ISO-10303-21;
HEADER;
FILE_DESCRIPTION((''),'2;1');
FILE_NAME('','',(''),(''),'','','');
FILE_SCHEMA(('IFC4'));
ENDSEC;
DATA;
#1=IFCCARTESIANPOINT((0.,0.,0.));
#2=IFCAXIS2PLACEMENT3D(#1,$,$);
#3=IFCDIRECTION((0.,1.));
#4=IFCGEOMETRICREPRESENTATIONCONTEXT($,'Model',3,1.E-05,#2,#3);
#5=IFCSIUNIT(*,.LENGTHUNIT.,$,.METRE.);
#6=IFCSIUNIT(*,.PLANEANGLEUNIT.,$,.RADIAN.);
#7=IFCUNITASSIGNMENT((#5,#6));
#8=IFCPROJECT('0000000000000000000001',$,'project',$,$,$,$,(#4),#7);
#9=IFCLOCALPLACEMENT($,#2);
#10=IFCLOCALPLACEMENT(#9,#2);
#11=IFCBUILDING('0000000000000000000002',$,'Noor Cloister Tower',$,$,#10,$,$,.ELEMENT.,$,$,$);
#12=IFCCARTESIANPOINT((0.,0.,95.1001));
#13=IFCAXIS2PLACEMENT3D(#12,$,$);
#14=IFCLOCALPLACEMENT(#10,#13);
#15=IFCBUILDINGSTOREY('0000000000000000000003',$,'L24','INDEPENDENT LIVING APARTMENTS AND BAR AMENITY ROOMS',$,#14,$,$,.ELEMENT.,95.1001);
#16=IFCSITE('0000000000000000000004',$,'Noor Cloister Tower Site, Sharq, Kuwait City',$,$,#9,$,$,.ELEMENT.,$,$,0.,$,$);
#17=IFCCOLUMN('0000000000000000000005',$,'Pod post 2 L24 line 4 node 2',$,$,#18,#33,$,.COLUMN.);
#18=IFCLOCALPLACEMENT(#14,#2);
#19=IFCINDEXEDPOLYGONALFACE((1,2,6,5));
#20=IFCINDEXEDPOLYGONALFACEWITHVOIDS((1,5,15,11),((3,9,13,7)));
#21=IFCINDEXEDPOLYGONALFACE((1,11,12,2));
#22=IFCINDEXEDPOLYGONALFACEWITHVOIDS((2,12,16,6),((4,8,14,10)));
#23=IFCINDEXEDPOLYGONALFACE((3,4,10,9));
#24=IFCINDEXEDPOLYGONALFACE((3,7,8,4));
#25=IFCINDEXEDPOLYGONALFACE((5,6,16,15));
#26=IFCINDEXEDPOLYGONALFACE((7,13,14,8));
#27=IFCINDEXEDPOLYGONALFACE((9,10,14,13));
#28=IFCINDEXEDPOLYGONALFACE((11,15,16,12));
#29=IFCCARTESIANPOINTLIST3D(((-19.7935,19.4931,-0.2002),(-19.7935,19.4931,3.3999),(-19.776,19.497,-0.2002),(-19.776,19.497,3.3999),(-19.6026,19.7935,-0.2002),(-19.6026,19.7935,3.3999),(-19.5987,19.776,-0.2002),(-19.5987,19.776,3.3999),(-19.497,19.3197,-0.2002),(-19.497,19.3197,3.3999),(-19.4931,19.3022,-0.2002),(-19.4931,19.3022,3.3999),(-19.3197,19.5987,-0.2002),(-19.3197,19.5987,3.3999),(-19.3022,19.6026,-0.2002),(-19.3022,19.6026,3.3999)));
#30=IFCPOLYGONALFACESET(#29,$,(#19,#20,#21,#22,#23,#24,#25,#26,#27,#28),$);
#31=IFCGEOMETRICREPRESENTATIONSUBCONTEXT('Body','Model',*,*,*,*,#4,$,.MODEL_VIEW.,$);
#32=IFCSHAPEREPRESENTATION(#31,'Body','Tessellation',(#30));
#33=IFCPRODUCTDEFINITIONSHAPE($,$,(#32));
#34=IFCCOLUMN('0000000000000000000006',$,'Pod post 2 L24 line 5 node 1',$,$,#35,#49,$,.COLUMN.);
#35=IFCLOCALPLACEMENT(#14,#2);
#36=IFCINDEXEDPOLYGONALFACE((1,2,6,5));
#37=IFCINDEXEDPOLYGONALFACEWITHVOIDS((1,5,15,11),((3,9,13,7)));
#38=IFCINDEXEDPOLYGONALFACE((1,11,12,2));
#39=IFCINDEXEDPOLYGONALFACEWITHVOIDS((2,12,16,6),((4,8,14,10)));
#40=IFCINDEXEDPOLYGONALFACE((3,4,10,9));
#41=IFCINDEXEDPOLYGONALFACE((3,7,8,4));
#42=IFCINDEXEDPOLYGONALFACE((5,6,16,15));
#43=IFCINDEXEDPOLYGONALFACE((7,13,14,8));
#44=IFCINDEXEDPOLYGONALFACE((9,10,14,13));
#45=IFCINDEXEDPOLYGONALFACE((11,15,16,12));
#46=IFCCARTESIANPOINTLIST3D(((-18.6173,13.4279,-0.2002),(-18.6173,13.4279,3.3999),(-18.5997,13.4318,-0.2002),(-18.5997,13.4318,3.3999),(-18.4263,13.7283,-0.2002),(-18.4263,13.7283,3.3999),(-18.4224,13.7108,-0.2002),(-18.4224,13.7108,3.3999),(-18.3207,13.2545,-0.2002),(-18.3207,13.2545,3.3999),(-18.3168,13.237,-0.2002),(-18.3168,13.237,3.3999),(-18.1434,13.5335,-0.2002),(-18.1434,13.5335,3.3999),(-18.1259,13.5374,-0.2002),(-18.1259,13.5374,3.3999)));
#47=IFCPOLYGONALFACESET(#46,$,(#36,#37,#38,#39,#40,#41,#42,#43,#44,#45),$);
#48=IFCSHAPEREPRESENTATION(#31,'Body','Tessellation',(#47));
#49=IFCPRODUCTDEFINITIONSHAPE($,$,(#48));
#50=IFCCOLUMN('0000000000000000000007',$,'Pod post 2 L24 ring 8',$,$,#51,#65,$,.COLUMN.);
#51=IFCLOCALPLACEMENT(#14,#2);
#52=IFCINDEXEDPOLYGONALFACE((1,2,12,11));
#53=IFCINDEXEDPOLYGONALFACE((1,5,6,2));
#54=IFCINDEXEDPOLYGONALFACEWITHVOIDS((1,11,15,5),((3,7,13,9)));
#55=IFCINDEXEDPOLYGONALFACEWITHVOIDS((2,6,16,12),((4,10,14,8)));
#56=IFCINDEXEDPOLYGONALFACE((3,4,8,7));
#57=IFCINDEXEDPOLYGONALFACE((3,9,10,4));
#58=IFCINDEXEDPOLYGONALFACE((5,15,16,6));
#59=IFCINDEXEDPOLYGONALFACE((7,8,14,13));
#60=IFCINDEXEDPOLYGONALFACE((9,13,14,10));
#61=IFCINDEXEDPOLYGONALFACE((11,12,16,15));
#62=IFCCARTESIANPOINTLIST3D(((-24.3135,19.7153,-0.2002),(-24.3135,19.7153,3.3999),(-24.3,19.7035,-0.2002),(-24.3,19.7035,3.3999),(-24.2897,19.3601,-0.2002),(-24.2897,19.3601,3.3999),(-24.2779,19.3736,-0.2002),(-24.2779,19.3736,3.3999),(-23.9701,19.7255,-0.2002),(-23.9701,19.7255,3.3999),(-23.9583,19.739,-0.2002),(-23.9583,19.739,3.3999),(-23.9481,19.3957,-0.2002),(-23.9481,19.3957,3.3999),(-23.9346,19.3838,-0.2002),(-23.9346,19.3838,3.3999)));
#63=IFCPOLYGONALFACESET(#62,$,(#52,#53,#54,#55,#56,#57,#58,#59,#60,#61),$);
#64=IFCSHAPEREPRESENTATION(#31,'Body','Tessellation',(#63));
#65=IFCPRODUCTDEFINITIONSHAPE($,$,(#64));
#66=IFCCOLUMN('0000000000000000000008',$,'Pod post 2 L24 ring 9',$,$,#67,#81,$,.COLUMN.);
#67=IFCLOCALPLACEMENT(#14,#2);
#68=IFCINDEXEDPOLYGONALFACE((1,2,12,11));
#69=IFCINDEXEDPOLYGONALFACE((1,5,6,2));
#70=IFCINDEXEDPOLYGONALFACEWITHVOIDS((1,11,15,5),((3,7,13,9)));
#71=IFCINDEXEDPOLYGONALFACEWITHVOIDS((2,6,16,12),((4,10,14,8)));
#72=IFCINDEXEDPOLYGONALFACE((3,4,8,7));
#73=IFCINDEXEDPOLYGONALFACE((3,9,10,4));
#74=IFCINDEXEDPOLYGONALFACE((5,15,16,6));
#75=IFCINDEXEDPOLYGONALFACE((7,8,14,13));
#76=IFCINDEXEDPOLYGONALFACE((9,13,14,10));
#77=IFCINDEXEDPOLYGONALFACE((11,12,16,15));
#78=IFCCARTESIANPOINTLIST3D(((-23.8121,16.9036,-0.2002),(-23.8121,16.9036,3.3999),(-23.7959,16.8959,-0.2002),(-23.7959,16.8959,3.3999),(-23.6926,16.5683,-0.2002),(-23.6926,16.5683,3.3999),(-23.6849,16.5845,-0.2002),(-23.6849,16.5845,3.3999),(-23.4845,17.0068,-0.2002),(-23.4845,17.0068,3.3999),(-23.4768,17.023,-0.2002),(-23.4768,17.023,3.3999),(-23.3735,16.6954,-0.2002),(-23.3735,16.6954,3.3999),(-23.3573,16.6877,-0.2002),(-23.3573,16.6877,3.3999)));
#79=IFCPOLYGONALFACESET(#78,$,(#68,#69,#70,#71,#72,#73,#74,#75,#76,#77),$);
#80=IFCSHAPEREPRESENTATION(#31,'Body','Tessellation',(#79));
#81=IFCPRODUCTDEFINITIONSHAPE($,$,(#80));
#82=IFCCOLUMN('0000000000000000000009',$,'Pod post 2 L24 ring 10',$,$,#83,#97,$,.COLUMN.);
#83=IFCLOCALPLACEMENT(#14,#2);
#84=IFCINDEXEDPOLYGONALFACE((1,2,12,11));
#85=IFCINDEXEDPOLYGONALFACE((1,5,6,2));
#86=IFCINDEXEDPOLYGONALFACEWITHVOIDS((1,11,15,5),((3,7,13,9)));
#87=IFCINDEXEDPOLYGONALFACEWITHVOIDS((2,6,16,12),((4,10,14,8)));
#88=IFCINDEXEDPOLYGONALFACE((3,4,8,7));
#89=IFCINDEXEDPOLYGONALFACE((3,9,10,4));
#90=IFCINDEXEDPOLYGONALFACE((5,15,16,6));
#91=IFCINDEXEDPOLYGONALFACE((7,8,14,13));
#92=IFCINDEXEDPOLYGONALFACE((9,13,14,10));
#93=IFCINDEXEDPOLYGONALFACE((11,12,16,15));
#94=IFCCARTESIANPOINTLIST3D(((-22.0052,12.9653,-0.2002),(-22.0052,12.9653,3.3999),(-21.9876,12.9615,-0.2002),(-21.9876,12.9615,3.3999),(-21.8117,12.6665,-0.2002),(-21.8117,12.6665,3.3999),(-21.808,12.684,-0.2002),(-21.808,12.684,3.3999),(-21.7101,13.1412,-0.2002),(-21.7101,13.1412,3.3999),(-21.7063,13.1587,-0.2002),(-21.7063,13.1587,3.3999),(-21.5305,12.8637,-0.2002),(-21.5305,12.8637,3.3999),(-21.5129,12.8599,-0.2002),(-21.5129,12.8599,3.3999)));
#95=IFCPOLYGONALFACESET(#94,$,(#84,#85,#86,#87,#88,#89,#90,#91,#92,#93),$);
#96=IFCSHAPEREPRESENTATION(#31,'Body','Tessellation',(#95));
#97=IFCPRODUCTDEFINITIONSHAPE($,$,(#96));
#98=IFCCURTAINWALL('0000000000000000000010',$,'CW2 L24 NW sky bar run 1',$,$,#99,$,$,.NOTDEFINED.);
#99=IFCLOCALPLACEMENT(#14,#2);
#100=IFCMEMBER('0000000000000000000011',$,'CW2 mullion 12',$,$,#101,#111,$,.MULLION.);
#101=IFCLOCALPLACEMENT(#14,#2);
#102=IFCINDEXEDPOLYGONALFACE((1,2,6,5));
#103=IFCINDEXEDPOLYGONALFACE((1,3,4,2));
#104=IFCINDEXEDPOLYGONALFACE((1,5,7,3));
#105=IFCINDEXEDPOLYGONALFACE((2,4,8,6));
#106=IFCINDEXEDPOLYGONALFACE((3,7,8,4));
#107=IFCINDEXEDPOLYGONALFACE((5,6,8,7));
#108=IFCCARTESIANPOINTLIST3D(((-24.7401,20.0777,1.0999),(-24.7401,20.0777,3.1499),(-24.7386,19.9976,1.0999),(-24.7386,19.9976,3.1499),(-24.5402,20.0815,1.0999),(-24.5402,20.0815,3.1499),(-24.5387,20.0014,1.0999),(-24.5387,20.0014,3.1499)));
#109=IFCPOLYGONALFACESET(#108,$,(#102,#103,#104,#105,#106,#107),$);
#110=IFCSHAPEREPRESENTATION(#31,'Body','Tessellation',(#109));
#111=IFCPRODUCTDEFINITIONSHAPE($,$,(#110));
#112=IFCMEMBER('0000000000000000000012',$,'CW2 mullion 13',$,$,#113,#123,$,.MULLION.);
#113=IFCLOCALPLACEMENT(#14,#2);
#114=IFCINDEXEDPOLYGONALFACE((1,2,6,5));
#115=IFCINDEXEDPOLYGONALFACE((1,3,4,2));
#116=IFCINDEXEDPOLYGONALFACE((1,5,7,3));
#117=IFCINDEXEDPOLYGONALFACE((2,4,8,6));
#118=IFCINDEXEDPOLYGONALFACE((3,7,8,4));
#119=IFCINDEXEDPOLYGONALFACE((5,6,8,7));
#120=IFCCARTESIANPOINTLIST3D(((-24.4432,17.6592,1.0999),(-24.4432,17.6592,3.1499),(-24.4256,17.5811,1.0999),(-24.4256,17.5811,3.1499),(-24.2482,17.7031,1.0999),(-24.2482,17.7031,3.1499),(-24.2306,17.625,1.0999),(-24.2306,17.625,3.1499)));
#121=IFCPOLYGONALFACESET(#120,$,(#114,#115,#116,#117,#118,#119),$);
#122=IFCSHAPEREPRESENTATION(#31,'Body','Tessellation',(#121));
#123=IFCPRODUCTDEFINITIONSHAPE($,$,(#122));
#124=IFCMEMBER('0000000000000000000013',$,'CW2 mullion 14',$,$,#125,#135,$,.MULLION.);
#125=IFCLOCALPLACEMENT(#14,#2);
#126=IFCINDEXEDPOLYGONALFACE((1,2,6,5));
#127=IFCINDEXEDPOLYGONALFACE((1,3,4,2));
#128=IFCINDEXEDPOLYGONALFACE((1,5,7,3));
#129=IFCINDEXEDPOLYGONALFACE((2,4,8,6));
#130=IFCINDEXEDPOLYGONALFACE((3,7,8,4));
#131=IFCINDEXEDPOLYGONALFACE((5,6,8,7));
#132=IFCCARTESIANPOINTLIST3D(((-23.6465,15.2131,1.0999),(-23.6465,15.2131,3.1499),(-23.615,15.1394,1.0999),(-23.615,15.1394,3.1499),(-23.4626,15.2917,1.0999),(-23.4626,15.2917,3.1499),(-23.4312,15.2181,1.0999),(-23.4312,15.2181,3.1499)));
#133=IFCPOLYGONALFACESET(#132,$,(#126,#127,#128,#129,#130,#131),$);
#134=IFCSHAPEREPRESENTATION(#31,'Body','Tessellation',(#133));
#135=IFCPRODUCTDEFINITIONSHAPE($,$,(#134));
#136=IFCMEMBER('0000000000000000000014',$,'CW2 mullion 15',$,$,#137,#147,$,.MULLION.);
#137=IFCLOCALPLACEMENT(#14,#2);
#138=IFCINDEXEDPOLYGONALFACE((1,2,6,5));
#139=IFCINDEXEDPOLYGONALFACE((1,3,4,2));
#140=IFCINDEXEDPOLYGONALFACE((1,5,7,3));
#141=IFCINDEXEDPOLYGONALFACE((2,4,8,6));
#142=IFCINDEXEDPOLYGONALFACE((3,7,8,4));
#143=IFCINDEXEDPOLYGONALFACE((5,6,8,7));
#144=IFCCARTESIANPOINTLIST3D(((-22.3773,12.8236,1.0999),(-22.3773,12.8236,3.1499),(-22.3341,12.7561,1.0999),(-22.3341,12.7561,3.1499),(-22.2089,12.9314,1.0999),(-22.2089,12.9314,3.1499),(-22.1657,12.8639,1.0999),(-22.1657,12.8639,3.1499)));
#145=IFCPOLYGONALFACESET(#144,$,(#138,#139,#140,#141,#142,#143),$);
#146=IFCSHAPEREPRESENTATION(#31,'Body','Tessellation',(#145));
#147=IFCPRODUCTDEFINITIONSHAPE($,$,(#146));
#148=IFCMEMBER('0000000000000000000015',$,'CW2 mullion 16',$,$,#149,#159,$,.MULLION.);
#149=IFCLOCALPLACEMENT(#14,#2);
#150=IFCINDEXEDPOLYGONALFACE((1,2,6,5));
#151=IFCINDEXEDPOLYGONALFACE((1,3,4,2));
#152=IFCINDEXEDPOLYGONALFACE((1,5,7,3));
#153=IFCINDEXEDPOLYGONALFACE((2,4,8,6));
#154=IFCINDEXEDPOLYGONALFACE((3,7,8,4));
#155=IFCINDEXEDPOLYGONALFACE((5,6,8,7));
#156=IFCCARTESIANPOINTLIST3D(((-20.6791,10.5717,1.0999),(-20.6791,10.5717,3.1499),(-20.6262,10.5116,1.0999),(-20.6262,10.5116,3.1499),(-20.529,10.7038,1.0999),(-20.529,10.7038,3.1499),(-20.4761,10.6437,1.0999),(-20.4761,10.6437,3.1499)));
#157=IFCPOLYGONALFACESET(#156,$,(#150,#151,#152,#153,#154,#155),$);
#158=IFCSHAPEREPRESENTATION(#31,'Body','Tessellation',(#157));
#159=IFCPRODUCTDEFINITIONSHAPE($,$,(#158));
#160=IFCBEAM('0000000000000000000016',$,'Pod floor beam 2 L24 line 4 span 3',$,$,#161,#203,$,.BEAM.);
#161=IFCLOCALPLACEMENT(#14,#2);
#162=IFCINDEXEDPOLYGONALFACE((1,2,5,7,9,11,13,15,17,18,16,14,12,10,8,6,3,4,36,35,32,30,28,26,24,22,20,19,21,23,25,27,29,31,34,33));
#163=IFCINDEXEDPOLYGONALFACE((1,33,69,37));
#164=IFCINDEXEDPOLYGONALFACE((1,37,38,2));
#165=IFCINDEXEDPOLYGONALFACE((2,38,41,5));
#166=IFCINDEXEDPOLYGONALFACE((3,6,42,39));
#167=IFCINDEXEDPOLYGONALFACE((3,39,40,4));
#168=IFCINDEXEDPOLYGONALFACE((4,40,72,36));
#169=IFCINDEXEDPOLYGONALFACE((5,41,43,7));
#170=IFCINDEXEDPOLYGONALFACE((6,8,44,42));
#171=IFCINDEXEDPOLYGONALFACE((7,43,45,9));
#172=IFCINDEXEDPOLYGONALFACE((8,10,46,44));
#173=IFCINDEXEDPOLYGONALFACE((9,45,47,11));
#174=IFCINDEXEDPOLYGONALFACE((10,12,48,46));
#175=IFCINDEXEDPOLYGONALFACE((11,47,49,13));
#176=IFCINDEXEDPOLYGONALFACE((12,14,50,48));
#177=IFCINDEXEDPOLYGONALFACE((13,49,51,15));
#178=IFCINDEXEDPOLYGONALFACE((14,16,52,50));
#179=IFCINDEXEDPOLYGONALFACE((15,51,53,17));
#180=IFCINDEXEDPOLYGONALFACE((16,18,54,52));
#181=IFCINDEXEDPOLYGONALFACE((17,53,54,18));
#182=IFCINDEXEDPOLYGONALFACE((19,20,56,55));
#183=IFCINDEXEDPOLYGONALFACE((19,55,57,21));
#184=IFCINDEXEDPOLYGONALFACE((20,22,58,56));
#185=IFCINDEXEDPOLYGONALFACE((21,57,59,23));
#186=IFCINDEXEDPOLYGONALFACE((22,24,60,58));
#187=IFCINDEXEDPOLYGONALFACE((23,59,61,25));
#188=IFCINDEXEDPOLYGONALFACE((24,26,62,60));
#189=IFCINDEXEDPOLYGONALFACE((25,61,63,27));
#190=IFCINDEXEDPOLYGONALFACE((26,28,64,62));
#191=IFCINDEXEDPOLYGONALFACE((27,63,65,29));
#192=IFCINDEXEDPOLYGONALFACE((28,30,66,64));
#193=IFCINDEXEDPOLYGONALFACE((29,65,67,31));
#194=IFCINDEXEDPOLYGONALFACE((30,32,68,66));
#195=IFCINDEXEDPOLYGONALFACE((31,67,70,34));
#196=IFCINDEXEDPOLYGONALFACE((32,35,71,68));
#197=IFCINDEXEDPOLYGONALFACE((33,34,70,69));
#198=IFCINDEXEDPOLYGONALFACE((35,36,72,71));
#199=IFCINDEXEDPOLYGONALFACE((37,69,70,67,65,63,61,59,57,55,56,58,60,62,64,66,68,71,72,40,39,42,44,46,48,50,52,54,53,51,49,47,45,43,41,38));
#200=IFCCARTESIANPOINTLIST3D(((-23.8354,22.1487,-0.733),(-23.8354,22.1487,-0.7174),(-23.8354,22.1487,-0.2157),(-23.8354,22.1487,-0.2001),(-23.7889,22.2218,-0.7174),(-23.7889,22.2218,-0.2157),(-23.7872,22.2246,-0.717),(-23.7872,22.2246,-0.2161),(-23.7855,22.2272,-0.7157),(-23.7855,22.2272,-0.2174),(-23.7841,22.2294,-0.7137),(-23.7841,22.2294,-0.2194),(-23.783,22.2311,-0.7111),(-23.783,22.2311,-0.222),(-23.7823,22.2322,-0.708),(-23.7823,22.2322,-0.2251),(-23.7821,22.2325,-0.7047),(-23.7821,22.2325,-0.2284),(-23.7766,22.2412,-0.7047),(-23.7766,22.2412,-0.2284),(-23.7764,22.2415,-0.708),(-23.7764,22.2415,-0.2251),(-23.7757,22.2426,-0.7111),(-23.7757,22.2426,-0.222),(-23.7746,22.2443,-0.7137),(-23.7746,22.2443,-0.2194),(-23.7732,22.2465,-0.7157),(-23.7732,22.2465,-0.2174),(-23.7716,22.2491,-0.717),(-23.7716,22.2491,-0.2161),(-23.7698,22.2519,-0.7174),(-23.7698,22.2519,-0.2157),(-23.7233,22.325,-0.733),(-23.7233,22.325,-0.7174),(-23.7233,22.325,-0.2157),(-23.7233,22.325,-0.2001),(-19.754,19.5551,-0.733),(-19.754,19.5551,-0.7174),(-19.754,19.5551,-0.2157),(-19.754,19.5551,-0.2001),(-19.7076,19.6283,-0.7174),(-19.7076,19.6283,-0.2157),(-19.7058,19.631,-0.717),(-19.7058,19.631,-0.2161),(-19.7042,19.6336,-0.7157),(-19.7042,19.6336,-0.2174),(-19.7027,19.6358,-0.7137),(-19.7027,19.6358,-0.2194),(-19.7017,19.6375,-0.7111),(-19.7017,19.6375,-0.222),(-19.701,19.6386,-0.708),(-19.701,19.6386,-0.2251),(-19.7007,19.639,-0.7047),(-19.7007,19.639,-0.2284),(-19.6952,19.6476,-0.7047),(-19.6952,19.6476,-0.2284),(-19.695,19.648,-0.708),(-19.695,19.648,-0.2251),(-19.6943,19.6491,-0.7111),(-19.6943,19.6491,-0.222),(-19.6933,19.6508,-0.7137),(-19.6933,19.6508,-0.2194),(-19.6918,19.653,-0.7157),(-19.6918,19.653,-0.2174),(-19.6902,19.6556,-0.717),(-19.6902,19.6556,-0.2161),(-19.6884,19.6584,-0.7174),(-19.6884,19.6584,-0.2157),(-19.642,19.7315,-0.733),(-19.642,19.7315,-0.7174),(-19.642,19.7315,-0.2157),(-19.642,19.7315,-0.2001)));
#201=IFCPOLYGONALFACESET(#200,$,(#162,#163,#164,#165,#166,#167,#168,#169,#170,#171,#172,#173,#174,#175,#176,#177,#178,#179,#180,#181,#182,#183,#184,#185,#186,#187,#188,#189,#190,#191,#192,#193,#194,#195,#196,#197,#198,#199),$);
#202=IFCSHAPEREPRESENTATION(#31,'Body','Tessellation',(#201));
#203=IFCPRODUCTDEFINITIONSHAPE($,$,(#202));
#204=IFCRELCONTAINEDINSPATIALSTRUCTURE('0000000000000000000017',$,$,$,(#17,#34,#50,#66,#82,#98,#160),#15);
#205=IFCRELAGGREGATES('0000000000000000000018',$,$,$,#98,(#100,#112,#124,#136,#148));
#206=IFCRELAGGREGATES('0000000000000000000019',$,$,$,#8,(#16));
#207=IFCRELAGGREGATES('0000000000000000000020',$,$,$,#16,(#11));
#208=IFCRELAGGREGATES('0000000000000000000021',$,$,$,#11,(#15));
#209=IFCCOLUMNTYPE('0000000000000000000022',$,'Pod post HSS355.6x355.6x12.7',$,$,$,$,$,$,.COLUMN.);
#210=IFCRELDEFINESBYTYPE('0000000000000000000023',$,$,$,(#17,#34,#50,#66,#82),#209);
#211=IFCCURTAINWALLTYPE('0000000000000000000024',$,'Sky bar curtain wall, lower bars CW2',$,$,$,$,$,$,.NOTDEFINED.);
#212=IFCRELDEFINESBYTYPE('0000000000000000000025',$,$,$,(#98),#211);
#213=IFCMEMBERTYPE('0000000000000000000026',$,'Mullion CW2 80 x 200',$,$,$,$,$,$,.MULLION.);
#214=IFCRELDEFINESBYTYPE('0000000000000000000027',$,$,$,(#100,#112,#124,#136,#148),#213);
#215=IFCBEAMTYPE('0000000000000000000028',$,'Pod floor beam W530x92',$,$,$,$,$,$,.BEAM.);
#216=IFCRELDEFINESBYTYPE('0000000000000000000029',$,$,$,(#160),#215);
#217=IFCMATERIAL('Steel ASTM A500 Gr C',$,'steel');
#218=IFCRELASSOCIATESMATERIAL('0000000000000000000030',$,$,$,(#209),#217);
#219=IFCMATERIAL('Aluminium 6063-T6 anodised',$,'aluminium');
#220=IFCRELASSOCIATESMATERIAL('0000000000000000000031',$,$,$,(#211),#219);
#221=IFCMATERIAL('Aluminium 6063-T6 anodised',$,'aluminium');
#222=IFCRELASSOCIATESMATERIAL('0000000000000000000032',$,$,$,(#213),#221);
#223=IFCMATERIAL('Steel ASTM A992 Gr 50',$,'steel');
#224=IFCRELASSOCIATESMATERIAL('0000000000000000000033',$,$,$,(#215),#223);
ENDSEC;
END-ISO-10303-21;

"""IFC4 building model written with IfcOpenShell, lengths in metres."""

from ifc_helpers import new_model, si_unit, direction, frame, origin, origin_2d, place, context, subcontext, project, spatial, rectangle, hollow_rectangle, i_section, extrude, material, material_profile, profile_set, type_object, element, aggregate, save


model = new_model("IFC4")

# Units and contexts
model_context = context("Model", 3, precision=1e-05, world=origin(), true_north=direction((0.0, 1.0)))
body_context = subcontext(model_context, "Body", "Model", "MODEL_VIEW")
ifc_project = project(units=[si_unit("LENGTHUNIT", "METRE"), si_unit("PLANEANGLEUNIT", "RADIAN")], contexts=[model_context])

# Site, building, storey
site_placement = place(None, origin())
site = spatial("IfcSite", under=ifc_project, at=site_placement, Name="Noor Cloister Tower Site, Sharq, Kuwait City", CompositionType="ELEMENT", RefElevation=0.0)
building_placement = place(site_placement, origin())
building = spatial("IfcBuilding", under=site, at=building_placement, Name="Noor Cloister Tower", CompositionType="ELEMENT")
storey_placement = place(building_placement, frame((0.0, 0.0, 95.1001)))
storey = spatial("IfcBuildingStorey", under=building, at=storey_placement, Name="L24", Description="INDEPENDENT LIVING APARTMENTS AND BAR AMENITY ROOMS", CompositionType="ELEMENT", Elevation=95.1001)

# Columns
ifc_material_1 = material(Name="Steel ASTM A500 Gr C", Category="steel")
ifc_material_profile_1 = material_profile(ifc_material_1, hollow_rectangle(XDim=0.356, YDim=0.356, WallThickness=0.0127, at=origin_2d()), Name="HSS355.6x355.6x12.7")
ifc_profile_set_1 = profile_set([ifc_material_profile_1], Name="Steel ASTM A500 Gr C")
column_type = type_object("IfcColumnType", Name="Pod post HSS355.6x355.6x12.7", PredefinedType="COLUMN", material=ifc_profile_set_1)
for number, where, z_axis, x_axis, name in (
    (1, (-19.5479, 19.5479, -0.2002), (0.0, 0.0, 1.0), (-0.843996, 0.53635, 0.0), "Pod post 2 L24 line 4 node 2"),
    (2, (-18.3716, 13.4827, -0.2002), (0.0, 0.0, 1.0), (-0.843996, 0.53635, 0.0), "Pod post 2 L24 line 5 node 1"),
    (3, (-24.124, 19.5496, -0.2002), (0.0, 0.0, 1.0), (0.066691, -0.997774, 0.0), "Pod post 2 L24 ring 8"),
    (4, (-23.5847, 16.7957, -0.2002), (0.0, 0.0, 1.0), (0.335654, -0.941985, 0.0), "Pod post 2 L24 ring 9"),
    (5, (-21.759, 12.9126, -0.2002), (0.0, 0.0, 1.0), (0.543434, -0.839452, 0.0), "Pod post 2 L24 ring 10"),
):
    element("IfcColumn", number, at=place(storey_placement, frame(where, z_axis=z_axis, x_axis=x_axis)), inside=storey, type_object=column_type, Name=name, PredefinedType="COLUMN", context=body_context, shape_type="SweptSolid", body=[
        extrude(hollow_rectangle(XDim=0.356, YDim=0.356, WallThickness=0.0127, at=origin_2d()), origin(), (0.0, 0.0, 1.0), 3.6001),
    ])

# Curtain wall, members
ifc_material_2 = material(Name="Aluminium 6063-T6 anodised", Category="aluminium")
curtain_wall_type = type_object("IfcCurtainWallType", Name="Sky bar curtain wall, lower bars CW2", PredefinedType="NOTDEFINED", material=ifc_material_2)
curtain_wall_placement = place(storey_placement, origin())
curtain_wall = element("IfcCurtainWall", 6, at=curtain_wall_placement, inside=storey, type_object=curtain_wall_type, Name="CW2 L24 NW sky bar run 1", PredefinedType="NOTDEFINED")
ifc_material_3 = material(Name="Aluminium 6063-T6 anodised", Category="aluminium")
ifc_material_profile_2 = material_profile(ifc_material_3, rectangle(XDim=0.2, YDim=0.0801, at=origin_2d()), Name="200 x 80 mullion")
ifc_profile_set_2 = profile_set([ifc_material_profile_2], Name="Aluminium 6063-T6 anodised")
member_type = type_object("IfcMemberType", Name="Mullion CW2 80 x 200", PredefinedType="MULLION", material=ifc_profile_set_2)
member_1_placement = place(storey_placement, frame((-24.6394, 20.0396, 1.0999), z_axis=(0.0, 0.0, 1.0), x_axis=(0.999824, 0.018753, 0.0)))
member_1 = element("IfcMember", 7, at=member_1_placement, type_object=member_type, Name="CW2 mullion 12", PredefinedType="MULLION", context=body_context, shape_type="SweptSolid", body=[
    extrude(rectangle(XDim=0.2, YDim=0.0801, at=origin_2d()), origin(), (0.0, 0.0, 1.0), 2.05),
])
member_2_placement = place(storey_placement, frame((-24.3369, 17.6421, 1.0999), z_axis=(0.0, 0.0, 1.0), x_axis=(0.975532, 0.219857, 0.0)))
member_2 = element("IfcMember", 8, at=member_2_placement, type_object=member_type, Name="CW2 mullion 13", PredefinedType="MULLION", context=body_context, shape_type="SweptSolid", body=[
    extrude(rectangle(XDim=0.2, YDim=0.0801, at=origin_2d()), origin(), (0.0, 0.0, 1.0), 2.05),
])
member_3_placement = place(storey_placement, frame((-23.5388, 15.2156, 1.0999), z_axis=(0.0, 0.0, 1.0), x_axis=(0.919403, 0.393317, 0.0)))
member_3 = element("IfcMember", 9, at=member_3_placement, type_object=member_type, Name="CW2 mullion 14", PredefinedType="MULLION", context=body_context, shape_type="SweptSolid", body=[
    extrude(rectangle(XDim=0.2, YDim=0.0801, at=origin_2d()), origin(), (0.0, 0.0, 1.0), 2.05),
])
member_4_placement = place(storey_placement, frame((-22.2715, 12.8438, 1.0999), z_axis=(0.0, 0.0, 1.0), x_axis=(0.842174, 0.539205, 0.0)))
member_4 = element("IfcMember", 10, at=member_4_placement, type_object=member_type, Name="CW2 mullion 15", PredefinedType="MULLION", context=body_context, shape_type="SweptSolid", body=[
    extrude(rectangle(XDim=0.2, YDim=0.0801, at=origin_2d()), origin(), (0.0, 0.0, 1.0), 2.05),
])
member_5_placement = place(storey_placement, frame((-20.5776, 10.6077, 1.0999), z_axis=(0.0, 0.0, 1.0), x_axis=(0.750692, 0.660652, 0.0)))
member_5 = element("IfcMember", 11, at=member_5_placement, type_object=member_type, Name="CW2 mullion 16", PredefinedType="MULLION", context=body_context, shape_type="SweptSolid", body=[
    extrude(rectangle(XDim=0.2, YDim=0.0801, at=origin_2d()), origin(), (0.0, 0.0, 1.0), 2.05),
])

# Beam
ifc_material_4 = material(Name="Steel ASTM A992 Gr 50", Category="steel")
ifc_material_profile_3 = material_profile(ifc_material_4, i_section(OverallWidth=0.209, OverallDepth=0.533, WebThickness=0.0103, FlangeThickness=0.0156, FilletRadius=0.0127, at=origin_2d()), Name="W530x92")
ifc_profile_set_3 = profile_set([ifc_material_profile_3], Name="Steel ASTM A992 Gr 50")
beam_type = type_object("IfcBeamType", Name="Pod floor beam W530x92", PredefinedType="BEAM", material=ifc_profile_set_3)
beam_1_placement = place(storey_placement, frame((-19.698, 19.6433, -0.4666), z_axis=(-0.844006, 0.536333, 0.0), x_axis=(-0.536333, -0.844006, 0.0)))
element("IfcBeam", 12, at=beam_1_placement, inside=storey, type_object=beam_type, Name="Pod floor beam 2 L24 line 4 span 3", PredefinedType="BEAM", context=body_context, shape_type="SweptSolid", body=[
    extrude(i_section(OverallWidth=0.209, OverallDepth=0.533, WebThickness=0.0103, FlangeThickness=0.0156, FilletRadius=0.0127, at=origin_2d()), origin(), (0.0, 0.0, 1.0), 4.8357),
])

aggregate(curtain_wall, [member_1, member_2, member_3, member_4, member_5])

save(model, "model.ifc")
